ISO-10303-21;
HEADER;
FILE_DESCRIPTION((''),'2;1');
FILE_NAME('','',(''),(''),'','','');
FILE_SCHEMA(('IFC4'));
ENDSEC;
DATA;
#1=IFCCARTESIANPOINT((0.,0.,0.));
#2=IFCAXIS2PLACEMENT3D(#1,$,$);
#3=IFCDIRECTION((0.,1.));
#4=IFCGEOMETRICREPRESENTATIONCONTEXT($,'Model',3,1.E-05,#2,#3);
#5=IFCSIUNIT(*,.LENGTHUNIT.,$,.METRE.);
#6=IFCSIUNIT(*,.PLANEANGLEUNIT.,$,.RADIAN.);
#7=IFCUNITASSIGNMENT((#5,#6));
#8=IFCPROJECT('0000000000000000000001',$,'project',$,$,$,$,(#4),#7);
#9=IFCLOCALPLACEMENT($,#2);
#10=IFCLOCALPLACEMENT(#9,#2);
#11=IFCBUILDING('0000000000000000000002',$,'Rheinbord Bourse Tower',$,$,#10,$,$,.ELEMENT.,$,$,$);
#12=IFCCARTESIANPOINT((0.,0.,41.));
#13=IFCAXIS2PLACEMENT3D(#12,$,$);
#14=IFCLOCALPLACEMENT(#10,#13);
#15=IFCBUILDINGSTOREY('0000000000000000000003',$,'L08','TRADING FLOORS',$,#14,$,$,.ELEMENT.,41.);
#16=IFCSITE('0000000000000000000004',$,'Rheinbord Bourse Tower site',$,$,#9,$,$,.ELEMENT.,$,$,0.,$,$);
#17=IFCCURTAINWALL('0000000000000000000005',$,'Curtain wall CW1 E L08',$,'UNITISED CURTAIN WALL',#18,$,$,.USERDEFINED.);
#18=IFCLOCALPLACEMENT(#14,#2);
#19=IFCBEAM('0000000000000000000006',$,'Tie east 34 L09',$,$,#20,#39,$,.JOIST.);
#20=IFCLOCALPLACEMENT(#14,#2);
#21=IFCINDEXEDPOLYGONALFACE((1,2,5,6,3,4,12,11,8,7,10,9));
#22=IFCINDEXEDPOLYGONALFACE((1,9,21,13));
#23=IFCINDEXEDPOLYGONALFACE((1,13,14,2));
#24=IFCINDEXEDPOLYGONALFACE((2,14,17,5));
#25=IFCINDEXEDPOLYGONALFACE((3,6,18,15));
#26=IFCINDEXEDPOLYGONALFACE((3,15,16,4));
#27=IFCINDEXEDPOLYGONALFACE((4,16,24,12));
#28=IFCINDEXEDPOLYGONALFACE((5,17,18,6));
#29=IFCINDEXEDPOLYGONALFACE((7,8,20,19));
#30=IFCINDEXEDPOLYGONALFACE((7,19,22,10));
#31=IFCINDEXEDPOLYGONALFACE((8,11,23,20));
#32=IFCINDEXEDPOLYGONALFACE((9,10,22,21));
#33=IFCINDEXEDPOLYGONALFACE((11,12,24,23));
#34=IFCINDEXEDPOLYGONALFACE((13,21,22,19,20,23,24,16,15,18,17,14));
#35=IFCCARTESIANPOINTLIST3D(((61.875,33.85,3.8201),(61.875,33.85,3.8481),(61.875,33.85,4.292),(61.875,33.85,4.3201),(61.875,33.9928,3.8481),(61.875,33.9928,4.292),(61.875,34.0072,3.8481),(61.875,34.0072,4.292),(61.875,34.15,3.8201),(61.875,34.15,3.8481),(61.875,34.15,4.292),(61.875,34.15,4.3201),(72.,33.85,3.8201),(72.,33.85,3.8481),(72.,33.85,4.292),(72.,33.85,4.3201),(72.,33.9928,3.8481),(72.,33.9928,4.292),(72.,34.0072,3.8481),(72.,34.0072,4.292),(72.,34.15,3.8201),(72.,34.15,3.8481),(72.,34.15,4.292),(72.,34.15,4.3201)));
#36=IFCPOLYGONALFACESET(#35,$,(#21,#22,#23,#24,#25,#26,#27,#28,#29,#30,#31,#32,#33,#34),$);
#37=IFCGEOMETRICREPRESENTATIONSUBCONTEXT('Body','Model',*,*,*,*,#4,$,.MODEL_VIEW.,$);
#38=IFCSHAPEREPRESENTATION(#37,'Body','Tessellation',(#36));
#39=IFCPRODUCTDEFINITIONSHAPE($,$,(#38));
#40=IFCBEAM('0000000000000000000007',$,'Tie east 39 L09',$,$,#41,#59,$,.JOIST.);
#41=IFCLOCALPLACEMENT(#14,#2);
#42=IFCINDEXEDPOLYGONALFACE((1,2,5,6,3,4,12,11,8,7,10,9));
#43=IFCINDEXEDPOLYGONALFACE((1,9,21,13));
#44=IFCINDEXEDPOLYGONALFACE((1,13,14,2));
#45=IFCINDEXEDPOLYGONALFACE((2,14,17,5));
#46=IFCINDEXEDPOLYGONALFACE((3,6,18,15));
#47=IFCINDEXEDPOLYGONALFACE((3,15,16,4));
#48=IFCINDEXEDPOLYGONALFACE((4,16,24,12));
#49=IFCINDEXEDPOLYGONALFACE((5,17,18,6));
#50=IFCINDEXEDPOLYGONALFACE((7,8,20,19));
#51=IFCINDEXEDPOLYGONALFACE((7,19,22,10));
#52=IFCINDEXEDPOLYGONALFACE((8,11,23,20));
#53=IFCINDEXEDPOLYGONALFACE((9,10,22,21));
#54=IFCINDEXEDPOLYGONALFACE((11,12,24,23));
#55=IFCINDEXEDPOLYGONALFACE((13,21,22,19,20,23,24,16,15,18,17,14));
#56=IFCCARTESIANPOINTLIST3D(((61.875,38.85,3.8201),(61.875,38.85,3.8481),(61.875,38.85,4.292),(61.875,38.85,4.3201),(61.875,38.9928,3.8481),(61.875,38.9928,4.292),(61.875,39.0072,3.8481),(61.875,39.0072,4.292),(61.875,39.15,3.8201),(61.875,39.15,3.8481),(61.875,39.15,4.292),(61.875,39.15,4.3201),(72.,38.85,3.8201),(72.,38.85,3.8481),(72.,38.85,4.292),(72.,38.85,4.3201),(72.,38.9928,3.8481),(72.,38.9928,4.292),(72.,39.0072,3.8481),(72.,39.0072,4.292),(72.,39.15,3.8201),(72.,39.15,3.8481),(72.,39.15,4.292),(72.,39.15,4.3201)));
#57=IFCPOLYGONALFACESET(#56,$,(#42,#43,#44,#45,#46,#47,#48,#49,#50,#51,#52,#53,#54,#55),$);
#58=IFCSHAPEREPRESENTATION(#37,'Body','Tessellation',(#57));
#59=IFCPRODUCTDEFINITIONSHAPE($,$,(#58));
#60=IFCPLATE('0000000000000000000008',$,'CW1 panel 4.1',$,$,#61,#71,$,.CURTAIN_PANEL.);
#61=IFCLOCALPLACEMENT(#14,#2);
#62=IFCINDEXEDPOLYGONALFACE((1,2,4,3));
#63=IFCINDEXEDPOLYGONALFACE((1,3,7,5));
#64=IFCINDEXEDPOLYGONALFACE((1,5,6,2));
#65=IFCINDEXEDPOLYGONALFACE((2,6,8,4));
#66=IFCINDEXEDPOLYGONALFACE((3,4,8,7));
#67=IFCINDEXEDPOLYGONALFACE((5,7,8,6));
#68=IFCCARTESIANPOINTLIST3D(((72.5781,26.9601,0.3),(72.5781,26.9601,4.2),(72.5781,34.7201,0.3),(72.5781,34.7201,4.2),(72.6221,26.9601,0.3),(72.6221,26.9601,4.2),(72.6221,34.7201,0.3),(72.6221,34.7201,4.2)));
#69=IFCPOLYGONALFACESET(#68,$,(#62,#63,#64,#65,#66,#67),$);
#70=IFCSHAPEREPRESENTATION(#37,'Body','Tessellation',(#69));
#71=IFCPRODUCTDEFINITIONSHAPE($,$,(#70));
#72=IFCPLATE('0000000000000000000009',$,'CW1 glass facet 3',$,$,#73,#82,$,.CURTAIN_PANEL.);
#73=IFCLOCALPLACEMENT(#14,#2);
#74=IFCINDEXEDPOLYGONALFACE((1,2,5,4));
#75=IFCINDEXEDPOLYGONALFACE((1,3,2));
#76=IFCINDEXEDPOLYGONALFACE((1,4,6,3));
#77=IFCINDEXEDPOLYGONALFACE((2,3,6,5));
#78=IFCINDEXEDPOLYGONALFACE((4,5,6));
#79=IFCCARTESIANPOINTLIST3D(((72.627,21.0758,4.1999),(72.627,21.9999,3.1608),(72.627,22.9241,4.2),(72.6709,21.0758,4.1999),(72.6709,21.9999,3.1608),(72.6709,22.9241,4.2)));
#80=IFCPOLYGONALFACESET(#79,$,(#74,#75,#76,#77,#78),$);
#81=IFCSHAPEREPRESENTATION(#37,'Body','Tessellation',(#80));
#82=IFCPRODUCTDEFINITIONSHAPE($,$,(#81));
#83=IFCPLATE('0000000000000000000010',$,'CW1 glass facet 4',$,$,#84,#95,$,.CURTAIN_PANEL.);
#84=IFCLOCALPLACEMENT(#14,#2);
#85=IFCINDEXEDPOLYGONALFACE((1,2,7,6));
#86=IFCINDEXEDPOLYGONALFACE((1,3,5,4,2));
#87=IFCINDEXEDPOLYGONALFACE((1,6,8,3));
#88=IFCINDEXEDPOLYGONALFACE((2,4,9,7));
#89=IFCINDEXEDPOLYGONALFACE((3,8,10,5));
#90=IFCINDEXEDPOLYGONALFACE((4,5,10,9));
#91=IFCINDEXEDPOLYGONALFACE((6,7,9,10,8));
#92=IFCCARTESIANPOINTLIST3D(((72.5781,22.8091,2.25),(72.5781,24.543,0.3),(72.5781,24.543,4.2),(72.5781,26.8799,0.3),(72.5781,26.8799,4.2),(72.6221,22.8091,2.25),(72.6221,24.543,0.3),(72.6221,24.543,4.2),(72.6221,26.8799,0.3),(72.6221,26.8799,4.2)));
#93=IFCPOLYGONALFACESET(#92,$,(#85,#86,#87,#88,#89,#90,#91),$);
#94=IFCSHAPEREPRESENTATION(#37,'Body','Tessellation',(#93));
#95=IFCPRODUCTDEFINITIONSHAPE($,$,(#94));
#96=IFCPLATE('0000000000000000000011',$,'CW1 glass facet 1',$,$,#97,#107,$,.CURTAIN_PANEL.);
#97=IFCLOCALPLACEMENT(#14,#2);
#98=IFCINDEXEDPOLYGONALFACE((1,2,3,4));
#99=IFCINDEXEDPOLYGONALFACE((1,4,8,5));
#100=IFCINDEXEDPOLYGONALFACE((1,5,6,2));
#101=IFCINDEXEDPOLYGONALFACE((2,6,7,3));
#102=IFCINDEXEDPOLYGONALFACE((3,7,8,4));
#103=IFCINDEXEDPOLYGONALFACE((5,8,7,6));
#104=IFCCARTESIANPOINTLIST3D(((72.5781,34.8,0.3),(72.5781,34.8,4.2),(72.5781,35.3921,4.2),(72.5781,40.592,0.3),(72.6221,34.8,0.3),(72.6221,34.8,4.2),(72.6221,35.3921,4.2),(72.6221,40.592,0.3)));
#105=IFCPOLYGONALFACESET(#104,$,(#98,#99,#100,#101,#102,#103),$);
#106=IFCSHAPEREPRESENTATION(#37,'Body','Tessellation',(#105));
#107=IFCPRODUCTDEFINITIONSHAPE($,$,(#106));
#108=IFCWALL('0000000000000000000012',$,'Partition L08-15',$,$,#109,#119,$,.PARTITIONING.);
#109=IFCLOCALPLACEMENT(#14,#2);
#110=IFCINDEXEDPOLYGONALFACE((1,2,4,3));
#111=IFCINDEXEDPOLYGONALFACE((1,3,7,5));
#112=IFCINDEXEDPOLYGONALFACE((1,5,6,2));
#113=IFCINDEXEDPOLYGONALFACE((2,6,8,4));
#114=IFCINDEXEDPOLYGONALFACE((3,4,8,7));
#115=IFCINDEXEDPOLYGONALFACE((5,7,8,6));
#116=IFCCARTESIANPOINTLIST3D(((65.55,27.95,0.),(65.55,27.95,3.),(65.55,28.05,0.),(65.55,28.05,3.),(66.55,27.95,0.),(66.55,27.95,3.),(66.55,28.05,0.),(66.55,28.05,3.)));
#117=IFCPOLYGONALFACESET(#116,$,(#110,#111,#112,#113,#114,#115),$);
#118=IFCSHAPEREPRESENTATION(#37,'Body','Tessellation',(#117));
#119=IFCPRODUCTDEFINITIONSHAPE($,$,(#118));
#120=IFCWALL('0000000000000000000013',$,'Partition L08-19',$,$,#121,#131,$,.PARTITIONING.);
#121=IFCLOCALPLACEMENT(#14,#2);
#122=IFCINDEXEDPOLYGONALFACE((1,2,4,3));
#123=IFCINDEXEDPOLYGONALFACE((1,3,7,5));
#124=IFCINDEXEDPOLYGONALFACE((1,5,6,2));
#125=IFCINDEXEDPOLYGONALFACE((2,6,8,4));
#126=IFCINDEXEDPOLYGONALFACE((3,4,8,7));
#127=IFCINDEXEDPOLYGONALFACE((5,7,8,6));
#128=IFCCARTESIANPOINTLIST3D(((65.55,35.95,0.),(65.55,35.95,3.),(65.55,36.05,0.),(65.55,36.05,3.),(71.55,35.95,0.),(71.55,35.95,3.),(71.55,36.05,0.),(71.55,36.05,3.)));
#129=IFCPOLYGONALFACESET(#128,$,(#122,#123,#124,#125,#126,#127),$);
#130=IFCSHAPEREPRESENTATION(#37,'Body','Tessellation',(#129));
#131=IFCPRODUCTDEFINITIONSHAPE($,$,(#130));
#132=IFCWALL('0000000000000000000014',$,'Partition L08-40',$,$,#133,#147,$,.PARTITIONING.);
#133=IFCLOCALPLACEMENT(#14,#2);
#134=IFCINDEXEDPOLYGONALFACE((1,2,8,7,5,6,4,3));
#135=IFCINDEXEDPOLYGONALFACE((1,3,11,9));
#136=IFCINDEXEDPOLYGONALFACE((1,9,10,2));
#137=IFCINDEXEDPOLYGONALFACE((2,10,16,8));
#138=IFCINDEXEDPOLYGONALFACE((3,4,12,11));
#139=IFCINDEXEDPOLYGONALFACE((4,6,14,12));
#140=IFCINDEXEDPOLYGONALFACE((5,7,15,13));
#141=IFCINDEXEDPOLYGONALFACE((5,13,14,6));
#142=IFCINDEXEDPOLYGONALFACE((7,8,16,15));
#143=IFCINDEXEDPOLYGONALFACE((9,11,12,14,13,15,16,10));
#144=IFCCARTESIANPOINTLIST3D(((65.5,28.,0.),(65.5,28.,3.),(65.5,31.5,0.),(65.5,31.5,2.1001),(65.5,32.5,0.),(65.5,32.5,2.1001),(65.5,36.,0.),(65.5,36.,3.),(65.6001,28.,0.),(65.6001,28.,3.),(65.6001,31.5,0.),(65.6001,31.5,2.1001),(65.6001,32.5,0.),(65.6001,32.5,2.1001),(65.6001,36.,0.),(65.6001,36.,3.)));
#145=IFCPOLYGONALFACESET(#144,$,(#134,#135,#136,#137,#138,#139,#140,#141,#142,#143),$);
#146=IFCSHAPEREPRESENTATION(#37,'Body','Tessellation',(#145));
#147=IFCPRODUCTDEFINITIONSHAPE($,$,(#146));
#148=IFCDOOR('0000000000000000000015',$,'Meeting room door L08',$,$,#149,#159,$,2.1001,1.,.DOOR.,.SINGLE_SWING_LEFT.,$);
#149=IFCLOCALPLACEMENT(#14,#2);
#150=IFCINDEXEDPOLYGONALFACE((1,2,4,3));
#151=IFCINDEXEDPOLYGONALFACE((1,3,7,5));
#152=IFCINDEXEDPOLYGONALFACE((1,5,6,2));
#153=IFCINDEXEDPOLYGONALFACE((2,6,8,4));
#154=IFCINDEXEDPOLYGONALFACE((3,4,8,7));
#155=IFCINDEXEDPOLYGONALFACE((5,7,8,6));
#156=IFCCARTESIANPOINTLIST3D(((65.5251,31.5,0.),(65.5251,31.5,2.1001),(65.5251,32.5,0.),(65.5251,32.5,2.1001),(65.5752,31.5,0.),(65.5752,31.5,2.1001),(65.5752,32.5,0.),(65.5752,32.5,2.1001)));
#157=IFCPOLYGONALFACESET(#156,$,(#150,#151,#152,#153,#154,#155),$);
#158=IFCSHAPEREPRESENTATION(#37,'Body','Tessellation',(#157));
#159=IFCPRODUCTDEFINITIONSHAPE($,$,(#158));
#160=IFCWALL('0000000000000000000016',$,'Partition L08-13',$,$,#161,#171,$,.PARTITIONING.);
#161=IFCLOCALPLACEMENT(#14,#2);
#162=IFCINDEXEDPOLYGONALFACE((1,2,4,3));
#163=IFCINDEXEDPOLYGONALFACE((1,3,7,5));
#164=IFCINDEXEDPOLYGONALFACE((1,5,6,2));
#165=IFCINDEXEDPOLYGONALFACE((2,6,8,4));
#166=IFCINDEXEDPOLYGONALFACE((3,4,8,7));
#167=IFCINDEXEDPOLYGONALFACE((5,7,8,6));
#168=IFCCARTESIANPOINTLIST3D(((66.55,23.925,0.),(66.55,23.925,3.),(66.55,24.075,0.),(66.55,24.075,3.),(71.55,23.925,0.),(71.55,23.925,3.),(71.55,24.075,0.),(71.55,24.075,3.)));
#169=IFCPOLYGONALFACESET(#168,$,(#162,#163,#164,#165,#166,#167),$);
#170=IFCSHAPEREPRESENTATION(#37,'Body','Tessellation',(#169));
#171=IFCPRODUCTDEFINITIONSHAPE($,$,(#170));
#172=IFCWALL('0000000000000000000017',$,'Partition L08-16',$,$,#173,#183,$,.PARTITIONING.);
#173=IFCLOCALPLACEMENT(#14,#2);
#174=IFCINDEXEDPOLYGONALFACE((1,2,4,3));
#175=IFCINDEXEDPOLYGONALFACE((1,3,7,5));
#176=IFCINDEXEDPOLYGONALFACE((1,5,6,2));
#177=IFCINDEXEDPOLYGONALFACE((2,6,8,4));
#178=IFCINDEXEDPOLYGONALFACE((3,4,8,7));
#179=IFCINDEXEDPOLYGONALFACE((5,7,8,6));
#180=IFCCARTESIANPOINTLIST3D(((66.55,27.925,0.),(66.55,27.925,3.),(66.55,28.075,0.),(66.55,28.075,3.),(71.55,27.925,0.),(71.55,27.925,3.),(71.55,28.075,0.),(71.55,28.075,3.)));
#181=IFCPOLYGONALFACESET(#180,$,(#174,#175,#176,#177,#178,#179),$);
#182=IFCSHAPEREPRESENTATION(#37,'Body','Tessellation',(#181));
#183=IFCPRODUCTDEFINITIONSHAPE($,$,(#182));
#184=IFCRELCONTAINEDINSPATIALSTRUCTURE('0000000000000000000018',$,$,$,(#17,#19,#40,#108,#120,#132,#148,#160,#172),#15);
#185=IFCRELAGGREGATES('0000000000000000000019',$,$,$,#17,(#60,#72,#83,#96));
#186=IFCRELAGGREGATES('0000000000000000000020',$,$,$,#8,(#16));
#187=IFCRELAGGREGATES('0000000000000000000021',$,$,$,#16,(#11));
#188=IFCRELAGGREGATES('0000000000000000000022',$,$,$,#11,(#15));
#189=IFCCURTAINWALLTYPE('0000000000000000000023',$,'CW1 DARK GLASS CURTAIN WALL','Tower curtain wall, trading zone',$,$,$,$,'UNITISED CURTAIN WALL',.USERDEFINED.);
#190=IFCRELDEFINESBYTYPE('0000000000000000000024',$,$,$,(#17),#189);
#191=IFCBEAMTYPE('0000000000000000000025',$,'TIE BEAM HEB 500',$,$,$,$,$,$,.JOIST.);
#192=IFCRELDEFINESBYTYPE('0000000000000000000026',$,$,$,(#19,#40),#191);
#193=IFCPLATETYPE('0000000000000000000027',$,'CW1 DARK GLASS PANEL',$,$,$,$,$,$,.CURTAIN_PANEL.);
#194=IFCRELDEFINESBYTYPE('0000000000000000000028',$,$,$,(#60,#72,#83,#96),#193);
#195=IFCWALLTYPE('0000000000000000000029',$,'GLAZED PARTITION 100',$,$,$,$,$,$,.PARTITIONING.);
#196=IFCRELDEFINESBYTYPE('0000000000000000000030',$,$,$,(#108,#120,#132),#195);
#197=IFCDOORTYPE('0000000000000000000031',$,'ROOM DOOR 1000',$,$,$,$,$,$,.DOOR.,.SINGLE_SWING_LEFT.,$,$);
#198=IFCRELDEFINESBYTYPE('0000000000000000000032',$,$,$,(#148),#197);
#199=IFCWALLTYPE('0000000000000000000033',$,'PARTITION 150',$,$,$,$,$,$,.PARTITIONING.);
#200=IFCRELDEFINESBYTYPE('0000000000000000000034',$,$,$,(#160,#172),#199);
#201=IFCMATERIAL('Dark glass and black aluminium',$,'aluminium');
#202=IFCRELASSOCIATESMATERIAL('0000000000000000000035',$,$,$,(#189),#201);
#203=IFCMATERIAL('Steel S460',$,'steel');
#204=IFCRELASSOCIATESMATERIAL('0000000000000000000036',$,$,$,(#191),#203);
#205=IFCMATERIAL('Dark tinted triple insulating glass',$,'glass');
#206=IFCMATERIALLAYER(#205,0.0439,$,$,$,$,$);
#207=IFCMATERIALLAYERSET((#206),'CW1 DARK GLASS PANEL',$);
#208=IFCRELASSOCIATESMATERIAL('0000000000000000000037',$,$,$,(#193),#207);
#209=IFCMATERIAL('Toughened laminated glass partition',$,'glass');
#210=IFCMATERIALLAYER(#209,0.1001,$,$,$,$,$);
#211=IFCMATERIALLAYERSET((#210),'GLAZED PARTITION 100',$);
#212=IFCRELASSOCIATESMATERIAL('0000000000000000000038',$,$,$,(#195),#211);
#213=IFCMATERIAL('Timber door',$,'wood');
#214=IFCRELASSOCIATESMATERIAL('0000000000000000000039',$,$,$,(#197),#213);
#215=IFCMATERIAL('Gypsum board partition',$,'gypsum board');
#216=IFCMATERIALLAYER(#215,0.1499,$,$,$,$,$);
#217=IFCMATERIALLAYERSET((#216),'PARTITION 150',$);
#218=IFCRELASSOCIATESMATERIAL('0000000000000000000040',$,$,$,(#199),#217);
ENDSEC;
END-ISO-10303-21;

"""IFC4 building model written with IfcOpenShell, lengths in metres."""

from ifc_helpers import new_model, si_unit, direction, frame, frame_2d, origin, origin_2d, place, context, subcontext, project, spatial, polyline, rectangle, i_section, outline, extrude, material, layer, layer_set, material_profile, profile_set, type_object, element, fill, aggregate, save


model = new_model("IFC4")

# Units and contexts
model_context = context("Model", 3, precision=1e-05, world=origin(), true_north=direction((0.0, 1.0)))
body_context = subcontext(model_context, "Body", "Model", "MODEL_VIEW")
ifc_project = project(units=[si_unit("LENGTHUNIT", "METRE"), si_unit("PLANEANGLEUNIT", "RADIAN")], contexts=[model_context])

# Site, building, storey
site_placement = place(None, origin())
site = spatial("IfcSite", under=ifc_project, at=site_placement, Name="Rheinbord Bourse Tower site", CompositionType="ELEMENT", RefElevation=0.0)
building_placement = place(site_placement, origin())
building = spatial("IfcBuilding", under=site, at=building_placement, Name="Rheinbord Bourse Tower", CompositionType="ELEMENT")
storey_placement = place(building_placement, frame((0.0, 0.0, 41.0)))
storey = spatial("IfcBuildingStorey", under=building, at=storey_placement, Name="L08", Description="TRADING FLOORS", CompositionType="ELEMENT", Elevation=41.0)

# Curtain wall
ifc_material_1 = material(Name="Dark glass and black aluminium", Category="aluminium")
curtain_wall_type = type_object("IfcCurtainWallType", Name="CW1 DARK GLASS CURTAIN WALL", Description="Tower curtain wall, trading zone", ElementType="UNITISED CURTAIN WALL", PredefinedType="USERDEFINED", material=ifc_material_1)
curtain_wall_placement = place(storey_placement, origin())
curtain_wall = element("IfcCurtainWall", 1, at=curtain_wall_placement, inside=storey, type_object=curtain_wall_type, Name="Curtain wall CW1 E L08", ObjectType="UNITISED CURTAIN WALL", PredefinedType="USERDEFINED")

# Beams
ifc_material_2 = material(Name="Steel S460", Category="steel")
ifc_material_profile_1 = material_profile(ifc_material_2, i_section(OverallWidth=0.3, OverallDepth=0.5, WebThickness=0.0144, FlangeThickness=0.0281, at=origin_2d()), Name="HEB 500")
ifc_profile_set_1 = profile_set([ifc_material_profile_1], Name="Steel S460")
beam_type_1 = type_object("IfcBeamType", Name="TIE BEAM HEB 500", PredefinedType="JOIST", material=ifc_profile_set_1)
for number, where, z_axis, x_axis, name in (
    (2, (61.875, 34.0, 4.0701), (1.0, 0.0, 0.0), (0.0, 1.0, 0.0), "Tie east 34 L09"),
    (3, (61.875, 39.0, 4.0701), (1.0, 0.0, 0.0), (0.0, 1.0, 0.0), "Tie east 39 L09"),
):
    element("IfcBeam", number, at=place(storey_placement, frame(where, z_axis=z_axis, x_axis=x_axis)), inside=storey, type_object=beam_type_1, Name=name, PredefinedType="JOIST", context=body_context, shape_type="SweptSolid", body=[
        extrude(i_section(OverallWidth=0.3, OverallDepth=0.5, WebThickness=0.0144, FlangeThickness=0.0281, at=origin_2d()), origin(), (0.0, 0.0, 1.0), 10.125),
    ])

# Plates
ifc_material_3 = material(Name="Dark tinted triple insulating glass", Category="glass")
ifc_layer_1 = layer(ifc_material_3, 0.0439)
ifc_layer_set_1 = layer_set([ifc_layer_1], Name="CW1 DARK GLASS PANEL")
plate_type = type_object("IfcPlateType", Name="CW1 DARK GLASS PANEL", PredefinedType="CURTAIN_PANEL", material=ifc_layer_set_1)
plate_1_placement = place(storey_placement, frame((72.6001, 30.8401, 0.3), z_axis=(0.0, 0.0, 1.0), x_axis=(0.0, 1.0, 0.0)))
plate_1 = element("IfcPlate", 4, at=plate_1_placement, type_object=plate_type, Name="CW1 panel 4.1", PredefinedType="CURTAIN_PANEL", context=body_context, shape_type="SweptSolid", body=[
    extrude(rectangle(XDim=7.76, YDim=0.0439, at=origin_2d()), origin(), (0.0, 0.0, 1.0), 3.8999),
])
plate_2_placement = place(storey_placement, frame((72.6709, 22.9241, 4.2), z_axis=(-1.0, 0.0, 0.0), x_axis=(0.0, -0.664549, -0.747245)))
plate_2 = element("IfcPlate", 5, at=plate_2_placement, type_object=plate_type, Name="CW1 glass facet 3", PredefinedType="CURTAIN_PANEL", context=body_context, shape_type="SweptSolid", body=[
    extrude(outline(polyline([(0.0, 0.0), (1.3906, 0.0), (1.2283, 1.3811), (0.0, 0.0)])), origin(), (0.0, 0.0, 1.0), 0.0439),
])
plate_3_placement = place(storey_placement, frame((72.6221, 26.8799, 4.2), z_axis=(-1.0, 0.0, 0.0), x_axis=(0.0, 0.0, -1.0)))
plate_3 = element("IfcPlate", 6, at=plate_3_placement, type_object=plate_type, Name="CW1 glass facet 4", PredefinedType="CURTAIN_PANEL", context=body_context, shape_type="SweptSolid", body=[
    extrude(outline(polyline([(0.0, 0.0), (3.8999, 0.0), (3.8999, 2.3369), (1.95, 4.0708), (0.0, 2.3369), (0.0, 0.0)])), origin(), (0.0, 0.0, 1.0), 0.0439),
])
plate_4_placement = place(storey_placement, frame((72.6221, 34.8, 0.3), z_axis=(-1.0, 0.0, 0.0), x_axis=(0.0, 0.0, 1.0)))
plate_4 = element("IfcPlate", 7, at=plate_4_placement, type_object=plate_type, Name="CW1 glass facet 1", PredefinedType="CURTAIN_PANEL", context=body_context, shape_type="SweptSolid", body=[
    extrude(outline(polyline([(0.0, 0.0), (3.8999, 0.0), (3.8999, 0.592), (0.0, 5.792), (0.0, 0.0)])), origin(), (0.0, 0.0, 1.0), 0.0439),
])
aggregate(curtain_wall, [plate_1, plate_2, plate_3, plate_4])

# Walls
ifc_material_4 = material(Name="Toughened laminated glass partition", Category="glass")
ifc_layer_2 = layer(ifc_material_4, 0.1001)
ifc_layer_set_2 = layer_set([ifc_layer_2], Name="GLAZED PARTITION 100")
wall_type_1 = type_object("IfcWallType", Name="GLAZED PARTITION 100", PredefinedType="PARTITIONING", material=ifc_layer_set_2)
wall_1_placement = place(storey_placement, frame((65.55, 28.0, 0.0), z_axis=(0.0, 0.0, 1.0), x_axis=(1.0, 0.0, 0.0)))
element("IfcWall", 8, at=wall_1_placement, inside=storey, type_object=wall_type_1, Name="Partition L08-15", PredefinedType="PARTITIONING", context=body_context, shape_type="SweptSolid", body=[
    extrude(rectangle(XDim=1.0, YDim=0.1001, at=frame_2d((0.5, 0.0))), origin(), (0.0, 0.0, 1.0), 3.0),
])
wall_2_placement = place(storey_placement, frame((65.55, 36.0, 0.0), z_axis=(0.0, 0.0, 1.0), x_axis=(1.0, 0.0, 0.0)))
element("IfcWall", 9, at=wall_2_placement, inside=storey, type_object=wall_type_1, Name="Partition L08-19", PredefinedType="PARTITIONING", context=body_context, shape_type="SweptSolid", body=[
    extrude(rectangle(XDim=6.0, YDim=0.1001, at=frame_2d((3.0, 0.0))), origin(), (0.0, 0.0, 1.0), 3.0),
])

# Wall, opening, door
wall_3_placement = place(storey_placement, frame((65.55, 28.0, 0.0), z_axis=(0.0, 0.0, 1.0), x_axis=(0.0, 1.0, 0.0)))
wall_3 = element("IfcWall", 10, at=wall_3_placement, inside=storey, type_object=wall_type_1, Name="Partition L08-40", PredefinedType="PARTITIONING", context=body_context, shape_type="SweptSolid", body=[
    extrude(rectangle(XDim=8.0, YDim=0.1001, at=frame_2d((4.0, 0.0))), origin(), (0.0, 0.0, 1.0), 3.0),
])
opening_1_placement = place(wall_3_placement, frame((3.5, 0.0, 0.0)))
opening_1 = element("IfcOpeningElement", 11, at=opening_1_placement, cuts=wall_3, PredefinedType="OPENING", context=body_context, shape_type="SweptSolid", body=[
    extrude(rectangle(XDim=1.0, YDim=2.1001, at=frame_2d((0.5, 1.05))), frame((0.0, 0.0601, 0.0), z_axis=(0.0, -1.0, 0.0), x_axis=(1.0, 0.0, 0.0)), (0.0, 0.0, 1.0), 0.1201),
])
ifc_material_5 = material(Name="Timber door", Category="wood")
door_type = type_object("IfcDoorType", Name="ROOM DOOR 1000", OperationType="SINGLE_SWING_LEFT", PredefinedType="DOOR", material=ifc_material_5)
door_1_placement = place(opening_1_placement, origin())
door_1 = element("IfcDoor", 12, at=door_1_placement, inside=storey, type_object=door_type, Name="Meeting room door L08", OperationType="SINGLE_SWING_LEFT", OverallHeight=2.1001, OverallWidth=1.0, PredefinedType="DOOR", context=body_context, shape_type="SweptSolid", body=[
    extrude(rectangle(XDim=1.0, YDim=2.1001, at=frame_2d((0.5, 1.05))), frame((0.0, 0.0249, 0.0), z_axis=(0.0, -1.0, 0.0), x_axis=(1.0, 0.0, 0.0)), (0.0, 0.0, 1.0), 0.05),
])
fill(opening_1, door_1)

# Walls
ifc_material_6 = material(Name="Gypsum board partition", Category="gypsum board")
ifc_layer_3 = layer(ifc_material_6, 0.1499)
ifc_layer_set_3 = layer_set([ifc_layer_3], Name="PARTITION 150")
wall_type_2 = type_object("IfcWallType", Name="PARTITION 150", PredefinedType="PARTITIONING", material=ifc_layer_set_3)
for number, where, z_axis, x_axis, name in (
    (13, (66.55, 24.0, 0.0), (0.0, 0.0, 1.0), (1.0, 0.0, 0.0), "Partition L08-13"),
    (14, (66.55, 28.0, 0.0), (0.0, 0.0, 1.0), (1.0, 0.0, 0.0), "Partition L08-16"),
):
    element("IfcWall", number, at=place(storey_placement, frame(where, z_axis=z_axis, x_axis=x_axis)), inside=storey, type_object=wall_type_2, Name=name, PredefinedType="PARTITIONING", context=body_context, shape_type="SweptSolid", body=[
        extrude(rectangle(XDim=5.0, YDim=0.1499, at=frame_2d((2.5, 0.0))), origin(), (0.0, 0.0, 1.0), 3.0),
    ])

save(model, "model.ifc")
